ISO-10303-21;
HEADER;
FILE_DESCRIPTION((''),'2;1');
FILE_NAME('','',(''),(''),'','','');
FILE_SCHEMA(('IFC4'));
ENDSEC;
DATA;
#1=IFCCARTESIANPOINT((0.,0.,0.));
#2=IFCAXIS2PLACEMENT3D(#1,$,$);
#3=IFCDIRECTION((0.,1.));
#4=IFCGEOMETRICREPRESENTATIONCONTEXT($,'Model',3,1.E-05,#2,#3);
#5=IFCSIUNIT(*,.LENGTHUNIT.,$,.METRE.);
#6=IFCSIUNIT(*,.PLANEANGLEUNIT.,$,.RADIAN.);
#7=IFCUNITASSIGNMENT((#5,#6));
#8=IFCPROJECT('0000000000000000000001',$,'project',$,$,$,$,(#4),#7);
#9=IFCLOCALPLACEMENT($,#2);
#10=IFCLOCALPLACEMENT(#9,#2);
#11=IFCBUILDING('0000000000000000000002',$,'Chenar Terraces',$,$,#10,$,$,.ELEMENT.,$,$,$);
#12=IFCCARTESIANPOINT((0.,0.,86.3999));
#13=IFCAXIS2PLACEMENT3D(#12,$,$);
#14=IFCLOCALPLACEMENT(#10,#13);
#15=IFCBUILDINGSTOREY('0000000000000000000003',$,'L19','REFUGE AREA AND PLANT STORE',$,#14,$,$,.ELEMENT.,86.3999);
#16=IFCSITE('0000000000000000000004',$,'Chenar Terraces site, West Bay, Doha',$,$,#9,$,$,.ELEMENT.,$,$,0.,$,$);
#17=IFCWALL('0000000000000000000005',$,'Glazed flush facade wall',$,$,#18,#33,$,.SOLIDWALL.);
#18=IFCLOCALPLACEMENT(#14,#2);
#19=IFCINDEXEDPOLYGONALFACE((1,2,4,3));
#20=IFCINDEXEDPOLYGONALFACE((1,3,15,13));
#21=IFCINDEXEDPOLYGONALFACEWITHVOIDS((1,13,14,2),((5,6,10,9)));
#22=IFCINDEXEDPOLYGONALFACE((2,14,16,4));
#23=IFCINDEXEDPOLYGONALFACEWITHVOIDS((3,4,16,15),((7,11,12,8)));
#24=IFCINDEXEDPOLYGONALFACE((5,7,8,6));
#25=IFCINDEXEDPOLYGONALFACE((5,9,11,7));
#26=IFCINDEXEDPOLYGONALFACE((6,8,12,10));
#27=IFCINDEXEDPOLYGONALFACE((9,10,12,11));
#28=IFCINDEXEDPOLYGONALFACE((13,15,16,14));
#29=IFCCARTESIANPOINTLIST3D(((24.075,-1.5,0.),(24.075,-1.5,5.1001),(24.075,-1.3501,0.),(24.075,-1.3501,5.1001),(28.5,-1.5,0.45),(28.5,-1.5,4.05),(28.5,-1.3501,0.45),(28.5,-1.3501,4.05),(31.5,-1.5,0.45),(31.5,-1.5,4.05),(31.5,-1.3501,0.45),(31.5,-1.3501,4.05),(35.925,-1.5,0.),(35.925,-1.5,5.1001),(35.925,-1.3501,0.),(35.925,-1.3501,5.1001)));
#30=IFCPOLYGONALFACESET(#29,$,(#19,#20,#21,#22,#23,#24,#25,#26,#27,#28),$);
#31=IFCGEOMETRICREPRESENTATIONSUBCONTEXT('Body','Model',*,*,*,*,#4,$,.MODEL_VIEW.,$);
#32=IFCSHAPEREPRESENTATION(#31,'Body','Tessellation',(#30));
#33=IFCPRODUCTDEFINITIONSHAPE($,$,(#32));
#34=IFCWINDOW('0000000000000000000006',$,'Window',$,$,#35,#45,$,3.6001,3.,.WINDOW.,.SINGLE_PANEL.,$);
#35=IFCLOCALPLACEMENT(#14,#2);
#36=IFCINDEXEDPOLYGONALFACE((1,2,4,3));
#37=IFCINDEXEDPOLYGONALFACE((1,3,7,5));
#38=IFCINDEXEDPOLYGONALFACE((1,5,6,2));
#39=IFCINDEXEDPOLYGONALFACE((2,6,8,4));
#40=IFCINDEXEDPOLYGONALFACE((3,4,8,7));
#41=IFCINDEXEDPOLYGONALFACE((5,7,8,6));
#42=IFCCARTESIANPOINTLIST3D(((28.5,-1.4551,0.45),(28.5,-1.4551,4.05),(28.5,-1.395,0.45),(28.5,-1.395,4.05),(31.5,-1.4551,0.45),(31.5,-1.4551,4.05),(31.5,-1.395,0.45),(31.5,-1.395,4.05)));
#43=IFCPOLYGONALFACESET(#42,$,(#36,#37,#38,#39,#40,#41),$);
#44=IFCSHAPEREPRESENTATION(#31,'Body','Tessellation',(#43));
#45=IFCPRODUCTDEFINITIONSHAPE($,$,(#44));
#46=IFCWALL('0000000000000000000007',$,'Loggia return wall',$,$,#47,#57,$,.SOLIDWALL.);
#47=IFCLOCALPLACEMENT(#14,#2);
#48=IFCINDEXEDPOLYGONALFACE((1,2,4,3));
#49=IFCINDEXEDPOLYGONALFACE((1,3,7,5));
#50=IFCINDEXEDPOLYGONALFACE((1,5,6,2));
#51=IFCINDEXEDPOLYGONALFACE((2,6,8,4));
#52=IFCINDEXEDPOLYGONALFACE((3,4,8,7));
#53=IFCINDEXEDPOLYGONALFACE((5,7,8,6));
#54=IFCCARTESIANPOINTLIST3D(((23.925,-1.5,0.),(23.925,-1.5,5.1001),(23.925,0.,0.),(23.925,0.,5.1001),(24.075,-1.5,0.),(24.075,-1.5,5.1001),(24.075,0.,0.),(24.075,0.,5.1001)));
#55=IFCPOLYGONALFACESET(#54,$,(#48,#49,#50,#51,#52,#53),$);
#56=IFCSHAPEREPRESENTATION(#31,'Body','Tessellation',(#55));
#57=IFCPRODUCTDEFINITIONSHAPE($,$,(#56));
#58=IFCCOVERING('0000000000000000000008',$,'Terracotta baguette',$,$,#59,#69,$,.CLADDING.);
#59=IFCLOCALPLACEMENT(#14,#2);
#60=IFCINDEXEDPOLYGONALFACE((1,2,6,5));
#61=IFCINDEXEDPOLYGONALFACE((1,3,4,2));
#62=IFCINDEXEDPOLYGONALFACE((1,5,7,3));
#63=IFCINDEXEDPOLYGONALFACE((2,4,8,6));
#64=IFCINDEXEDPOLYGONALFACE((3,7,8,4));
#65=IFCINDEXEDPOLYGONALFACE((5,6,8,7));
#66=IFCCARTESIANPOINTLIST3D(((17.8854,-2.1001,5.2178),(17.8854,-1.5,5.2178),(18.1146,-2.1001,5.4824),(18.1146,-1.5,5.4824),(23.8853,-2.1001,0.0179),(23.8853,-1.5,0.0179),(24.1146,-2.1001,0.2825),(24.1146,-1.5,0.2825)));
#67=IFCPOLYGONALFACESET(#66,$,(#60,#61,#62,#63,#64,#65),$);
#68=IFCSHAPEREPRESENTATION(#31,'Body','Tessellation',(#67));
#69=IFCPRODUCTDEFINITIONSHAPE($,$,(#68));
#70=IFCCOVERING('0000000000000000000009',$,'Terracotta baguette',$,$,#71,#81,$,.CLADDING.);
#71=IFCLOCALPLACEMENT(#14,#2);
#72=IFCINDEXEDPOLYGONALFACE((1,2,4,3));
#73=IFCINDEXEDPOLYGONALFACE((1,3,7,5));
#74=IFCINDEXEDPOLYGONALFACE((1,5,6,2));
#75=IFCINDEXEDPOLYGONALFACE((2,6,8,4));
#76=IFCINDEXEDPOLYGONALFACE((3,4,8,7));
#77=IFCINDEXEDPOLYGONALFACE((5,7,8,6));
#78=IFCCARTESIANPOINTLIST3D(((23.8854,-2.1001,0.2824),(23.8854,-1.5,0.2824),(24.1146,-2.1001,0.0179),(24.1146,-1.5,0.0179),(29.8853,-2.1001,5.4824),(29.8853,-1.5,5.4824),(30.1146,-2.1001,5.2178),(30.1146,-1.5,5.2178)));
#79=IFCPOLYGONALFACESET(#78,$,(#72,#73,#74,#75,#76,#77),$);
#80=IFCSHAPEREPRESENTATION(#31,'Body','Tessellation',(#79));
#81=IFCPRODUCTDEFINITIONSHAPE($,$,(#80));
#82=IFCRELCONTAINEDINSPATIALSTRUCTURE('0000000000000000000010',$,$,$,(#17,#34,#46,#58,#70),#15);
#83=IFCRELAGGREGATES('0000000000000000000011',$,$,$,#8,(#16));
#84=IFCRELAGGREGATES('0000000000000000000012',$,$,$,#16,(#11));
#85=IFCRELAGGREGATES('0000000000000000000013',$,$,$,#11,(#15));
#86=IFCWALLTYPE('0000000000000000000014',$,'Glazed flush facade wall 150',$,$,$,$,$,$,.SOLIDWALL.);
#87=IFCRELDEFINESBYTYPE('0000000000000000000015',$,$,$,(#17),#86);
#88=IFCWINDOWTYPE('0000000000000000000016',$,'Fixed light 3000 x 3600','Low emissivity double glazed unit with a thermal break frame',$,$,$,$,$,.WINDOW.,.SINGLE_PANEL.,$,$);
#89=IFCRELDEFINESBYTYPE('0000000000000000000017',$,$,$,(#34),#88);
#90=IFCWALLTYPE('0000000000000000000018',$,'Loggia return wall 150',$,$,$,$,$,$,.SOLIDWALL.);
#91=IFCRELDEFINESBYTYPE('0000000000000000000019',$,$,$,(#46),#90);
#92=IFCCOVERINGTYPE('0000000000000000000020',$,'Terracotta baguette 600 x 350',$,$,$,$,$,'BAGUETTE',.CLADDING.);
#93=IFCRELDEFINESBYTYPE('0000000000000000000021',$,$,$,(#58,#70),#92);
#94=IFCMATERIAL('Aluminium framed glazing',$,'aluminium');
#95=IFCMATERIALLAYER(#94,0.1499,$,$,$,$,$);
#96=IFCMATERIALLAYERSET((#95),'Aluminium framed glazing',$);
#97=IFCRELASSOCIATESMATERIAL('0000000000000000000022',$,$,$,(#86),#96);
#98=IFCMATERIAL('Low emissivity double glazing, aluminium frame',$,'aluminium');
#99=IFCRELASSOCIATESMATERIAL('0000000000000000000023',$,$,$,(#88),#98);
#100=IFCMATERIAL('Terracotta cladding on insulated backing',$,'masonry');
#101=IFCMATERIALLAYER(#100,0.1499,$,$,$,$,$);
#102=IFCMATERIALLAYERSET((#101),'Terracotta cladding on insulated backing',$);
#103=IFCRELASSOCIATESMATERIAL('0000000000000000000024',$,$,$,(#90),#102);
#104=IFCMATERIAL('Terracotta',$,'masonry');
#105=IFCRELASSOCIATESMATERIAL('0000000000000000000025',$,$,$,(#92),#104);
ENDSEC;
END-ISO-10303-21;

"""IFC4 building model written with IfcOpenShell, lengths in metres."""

from ifc_helpers import new_model, si_unit, direction, frame, frame_2d, origin, origin_2d, place, context, subcontext, project, spatial, rectangle, extrude, material, layer, layer_set, material_profile, profile_set, type_object, element, fill, save


model = new_model("IFC4")

# Units and contexts
model_context = context("Model", 3, precision=1e-05, world=origin(), true_north=direction((0.0, 1.0)))
body_context = subcontext(model_context, "Body", "Model", "MODEL_VIEW")
ifc_project = project(units=[si_unit("LENGTHUNIT", "METRE"), si_unit("PLANEANGLEUNIT", "RADIAN")], contexts=[model_context])

# Site, building, storey
site_placement = place(None, origin())
site = spatial("IfcSite", under=ifc_project, at=site_placement, Name="Chenar Terraces site, West Bay, Doha", CompositionType="ELEMENT", RefElevation=0.0)
building_placement = place(site_placement, origin())
building = spatial("IfcBuilding", under=site, at=building_placement, Name="Chenar Terraces", CompositionType="ELEMENT")
storey_placement = place(building_placement, frame((0.0, 0.0, 86.3999)))
storey = spatial("IfcBuildingStorey", under=building, at=storey_placement, Name="L19", Description="REFUGE AREA AND PLANT STORE", CompositionType="ELEMENT", Elevation=86.3999)

# Wall, opening, window
ifc_material_1 = material(Name="Aluminium framed glazing", Category="aluminium")
ifc_layer_1 = layer(ifc_material_1, 0.1499)
ifc_layer_set_1 = layer_set([ifc_layer_1], Name="Aluminium framed glazing")
wall_type_1 = type_object("IfcWallType", Name="Glazed flush facade wall 150", PredefinedType="SOLIDWALL", material=ifc_layer_set_1)
wall_1_placement = place(storey_placement, frame((24.075, -1.425, 0.0), z_axis=(0.0, 0.0, 1.0), x_axis=(1.0, 0.0, 0.0)))
wall_1 = element("IfcWall", 1, at=wall_1_placement, inside=storey, type_object=wall_type_1, Name="Glazed flush facade wall", PredefinedType="SOLIDWALL", context=body_context, shape_type="SweptSolid", body=[
    extrude(rectangle(XDim=11.8501, YDim=0.1499, at=frame_2d((5.925, 0.0))), origin(), (0.0, 0.0, 1.0), 5.1001),
])
opening_1_placement = place(wall_1_placement, frame((4.425, 0.0, 0.45)))
opening_1 = element("IfcOpeningElement", 2, at=opening_1_placement, cuts=wall_1, PredefinedType="OPENING", context=body_context, shape_type="SweptSolid", body=[
    extrude(rectangle(XDim=3.0, YDim=3.6001, at=frame_2d((1.5, 1.8))), frame((0.0, 0.085, 0.0), z_axis=(0.0, -1.0, 0.0), x_axis=(1.0, 0.0, 0.0)), (0.0, 0.0, 1.0), 0.1699),
])
ifc_material_2 = material(Name="Low emissivity double glazing, aluminium frame", Category="aluminium")
window_type = type_object("IfcWindowType", Name="Fixed light 3000 x 3600", Description="Low emissivity double glazed unit with a thermal break frame", PartitioningType="SINGLE_PANEL", PredefinedType="WINDOW", material=ifc_material_2)
window_placement = place(opening_1_placement, origin())
window = element("IfcWindow", 3, at=window_placement, inside=storey, type_object=window_type, Name="Window", OverallHeight=3.6001, OverallWidth=3.0, PartitioningType="SINGLE_PANEL", PredefinedType="WINDOW", context=body_context, shape_type="SweptSolid", body=[
    extrude(rectangle(XDim=3.0, YDim=3.6001, at=frame_2d((1.5, 1.8))), frame((0.0, 0.03, 0.0), z_axis=(0.0, -1.0, 0.0), x_axis=(1.0, 0.0, 0.0)), (0.0, 0.0, 1.0), 0.0601),
])
fill(opening_1, window)

# Wall
ifc_material_3 = material(Name="Terracotta cladding on insulated backing", Category="masonry")
ifc_layer_2 = layer(ifc_material_3, 0.1499)
ifc_layer_set_2 = layer_set([ifc_layer_2], Name="Terracotta cladding on insulated backing")
wall_type_2 = type_object("IfcWallType", Name="Loggia return wall 150", PredefinedType="SOLIDWALL", material=ifc_layer_set_2)
wall_2_placement = place(storey_placement, frame((24.0, -1.5, 0.0), z_axis=(0.0, 0.0, 1.0), x_axis=(0.0, 1.0, 0.0)))
element("IfcWall", 4, at=wall_2_placement, inside=storey, type_object=wall_type_2, Name="Loggia return wall", PredefinedType="SOLIDWALL", context=body_context, shape_type="SweptSolid", body=[
    extrude(rectangle(XDim=1.5, YDim=0.1499, at=frame_2d((0.75, 0.0))), origin(), (0.0, 0.0, 1.0), 5.1001),
])

# Coverings
ifc_material_4 = material(Name="Terracotta", Category="masonry")
ifc_material_profile_1 = material_profile(ifc_material_4, rectangle(XDim=0.6001, YDim=0.3501, at=origin_2d()), Name="Terracotta baguette 600 x 350")
ifc_profile_set_1 = profile_set([ifc_material_profile_1], Name="Terracotta")
covering_type = type_object("IfcCoveringType", Name="Terracotta baguette 600 x 350", ElementType="BAGUETTE", PredefinedType="CLADDING", material=ifc_profile_set_1)
for number, where, z_axis, x_axis, name in (
    (5, (18.0, -1.8, 5.3501), (0.755692, 0.0, -0.654927), (0.0, 1.0, 0.0), "Terracotta baguette"),
    (6, (24.0, -1.8, 0.1501), (0.755692, 0.0, 0.654927), (0.0, 1.0, 0.0), "Terracotta baguette"),
):
    element("IfcCovering", number, at=place(storey_placement, frame(where, z_axis=z_axis, x_axis=x_axis)), inside=storey, type_object=covering_type, Name=name, PredefinedType="CLADDING", context=body_context, shape_type="SweptSolid", body=[
        extrude(rectangle(XDim=0.6001, YDim=0.3501, at=origin_2d()), origin(), (0.0, 0.0, 1.0), 7.9397),
    ])

save(model, "model.ifc")
